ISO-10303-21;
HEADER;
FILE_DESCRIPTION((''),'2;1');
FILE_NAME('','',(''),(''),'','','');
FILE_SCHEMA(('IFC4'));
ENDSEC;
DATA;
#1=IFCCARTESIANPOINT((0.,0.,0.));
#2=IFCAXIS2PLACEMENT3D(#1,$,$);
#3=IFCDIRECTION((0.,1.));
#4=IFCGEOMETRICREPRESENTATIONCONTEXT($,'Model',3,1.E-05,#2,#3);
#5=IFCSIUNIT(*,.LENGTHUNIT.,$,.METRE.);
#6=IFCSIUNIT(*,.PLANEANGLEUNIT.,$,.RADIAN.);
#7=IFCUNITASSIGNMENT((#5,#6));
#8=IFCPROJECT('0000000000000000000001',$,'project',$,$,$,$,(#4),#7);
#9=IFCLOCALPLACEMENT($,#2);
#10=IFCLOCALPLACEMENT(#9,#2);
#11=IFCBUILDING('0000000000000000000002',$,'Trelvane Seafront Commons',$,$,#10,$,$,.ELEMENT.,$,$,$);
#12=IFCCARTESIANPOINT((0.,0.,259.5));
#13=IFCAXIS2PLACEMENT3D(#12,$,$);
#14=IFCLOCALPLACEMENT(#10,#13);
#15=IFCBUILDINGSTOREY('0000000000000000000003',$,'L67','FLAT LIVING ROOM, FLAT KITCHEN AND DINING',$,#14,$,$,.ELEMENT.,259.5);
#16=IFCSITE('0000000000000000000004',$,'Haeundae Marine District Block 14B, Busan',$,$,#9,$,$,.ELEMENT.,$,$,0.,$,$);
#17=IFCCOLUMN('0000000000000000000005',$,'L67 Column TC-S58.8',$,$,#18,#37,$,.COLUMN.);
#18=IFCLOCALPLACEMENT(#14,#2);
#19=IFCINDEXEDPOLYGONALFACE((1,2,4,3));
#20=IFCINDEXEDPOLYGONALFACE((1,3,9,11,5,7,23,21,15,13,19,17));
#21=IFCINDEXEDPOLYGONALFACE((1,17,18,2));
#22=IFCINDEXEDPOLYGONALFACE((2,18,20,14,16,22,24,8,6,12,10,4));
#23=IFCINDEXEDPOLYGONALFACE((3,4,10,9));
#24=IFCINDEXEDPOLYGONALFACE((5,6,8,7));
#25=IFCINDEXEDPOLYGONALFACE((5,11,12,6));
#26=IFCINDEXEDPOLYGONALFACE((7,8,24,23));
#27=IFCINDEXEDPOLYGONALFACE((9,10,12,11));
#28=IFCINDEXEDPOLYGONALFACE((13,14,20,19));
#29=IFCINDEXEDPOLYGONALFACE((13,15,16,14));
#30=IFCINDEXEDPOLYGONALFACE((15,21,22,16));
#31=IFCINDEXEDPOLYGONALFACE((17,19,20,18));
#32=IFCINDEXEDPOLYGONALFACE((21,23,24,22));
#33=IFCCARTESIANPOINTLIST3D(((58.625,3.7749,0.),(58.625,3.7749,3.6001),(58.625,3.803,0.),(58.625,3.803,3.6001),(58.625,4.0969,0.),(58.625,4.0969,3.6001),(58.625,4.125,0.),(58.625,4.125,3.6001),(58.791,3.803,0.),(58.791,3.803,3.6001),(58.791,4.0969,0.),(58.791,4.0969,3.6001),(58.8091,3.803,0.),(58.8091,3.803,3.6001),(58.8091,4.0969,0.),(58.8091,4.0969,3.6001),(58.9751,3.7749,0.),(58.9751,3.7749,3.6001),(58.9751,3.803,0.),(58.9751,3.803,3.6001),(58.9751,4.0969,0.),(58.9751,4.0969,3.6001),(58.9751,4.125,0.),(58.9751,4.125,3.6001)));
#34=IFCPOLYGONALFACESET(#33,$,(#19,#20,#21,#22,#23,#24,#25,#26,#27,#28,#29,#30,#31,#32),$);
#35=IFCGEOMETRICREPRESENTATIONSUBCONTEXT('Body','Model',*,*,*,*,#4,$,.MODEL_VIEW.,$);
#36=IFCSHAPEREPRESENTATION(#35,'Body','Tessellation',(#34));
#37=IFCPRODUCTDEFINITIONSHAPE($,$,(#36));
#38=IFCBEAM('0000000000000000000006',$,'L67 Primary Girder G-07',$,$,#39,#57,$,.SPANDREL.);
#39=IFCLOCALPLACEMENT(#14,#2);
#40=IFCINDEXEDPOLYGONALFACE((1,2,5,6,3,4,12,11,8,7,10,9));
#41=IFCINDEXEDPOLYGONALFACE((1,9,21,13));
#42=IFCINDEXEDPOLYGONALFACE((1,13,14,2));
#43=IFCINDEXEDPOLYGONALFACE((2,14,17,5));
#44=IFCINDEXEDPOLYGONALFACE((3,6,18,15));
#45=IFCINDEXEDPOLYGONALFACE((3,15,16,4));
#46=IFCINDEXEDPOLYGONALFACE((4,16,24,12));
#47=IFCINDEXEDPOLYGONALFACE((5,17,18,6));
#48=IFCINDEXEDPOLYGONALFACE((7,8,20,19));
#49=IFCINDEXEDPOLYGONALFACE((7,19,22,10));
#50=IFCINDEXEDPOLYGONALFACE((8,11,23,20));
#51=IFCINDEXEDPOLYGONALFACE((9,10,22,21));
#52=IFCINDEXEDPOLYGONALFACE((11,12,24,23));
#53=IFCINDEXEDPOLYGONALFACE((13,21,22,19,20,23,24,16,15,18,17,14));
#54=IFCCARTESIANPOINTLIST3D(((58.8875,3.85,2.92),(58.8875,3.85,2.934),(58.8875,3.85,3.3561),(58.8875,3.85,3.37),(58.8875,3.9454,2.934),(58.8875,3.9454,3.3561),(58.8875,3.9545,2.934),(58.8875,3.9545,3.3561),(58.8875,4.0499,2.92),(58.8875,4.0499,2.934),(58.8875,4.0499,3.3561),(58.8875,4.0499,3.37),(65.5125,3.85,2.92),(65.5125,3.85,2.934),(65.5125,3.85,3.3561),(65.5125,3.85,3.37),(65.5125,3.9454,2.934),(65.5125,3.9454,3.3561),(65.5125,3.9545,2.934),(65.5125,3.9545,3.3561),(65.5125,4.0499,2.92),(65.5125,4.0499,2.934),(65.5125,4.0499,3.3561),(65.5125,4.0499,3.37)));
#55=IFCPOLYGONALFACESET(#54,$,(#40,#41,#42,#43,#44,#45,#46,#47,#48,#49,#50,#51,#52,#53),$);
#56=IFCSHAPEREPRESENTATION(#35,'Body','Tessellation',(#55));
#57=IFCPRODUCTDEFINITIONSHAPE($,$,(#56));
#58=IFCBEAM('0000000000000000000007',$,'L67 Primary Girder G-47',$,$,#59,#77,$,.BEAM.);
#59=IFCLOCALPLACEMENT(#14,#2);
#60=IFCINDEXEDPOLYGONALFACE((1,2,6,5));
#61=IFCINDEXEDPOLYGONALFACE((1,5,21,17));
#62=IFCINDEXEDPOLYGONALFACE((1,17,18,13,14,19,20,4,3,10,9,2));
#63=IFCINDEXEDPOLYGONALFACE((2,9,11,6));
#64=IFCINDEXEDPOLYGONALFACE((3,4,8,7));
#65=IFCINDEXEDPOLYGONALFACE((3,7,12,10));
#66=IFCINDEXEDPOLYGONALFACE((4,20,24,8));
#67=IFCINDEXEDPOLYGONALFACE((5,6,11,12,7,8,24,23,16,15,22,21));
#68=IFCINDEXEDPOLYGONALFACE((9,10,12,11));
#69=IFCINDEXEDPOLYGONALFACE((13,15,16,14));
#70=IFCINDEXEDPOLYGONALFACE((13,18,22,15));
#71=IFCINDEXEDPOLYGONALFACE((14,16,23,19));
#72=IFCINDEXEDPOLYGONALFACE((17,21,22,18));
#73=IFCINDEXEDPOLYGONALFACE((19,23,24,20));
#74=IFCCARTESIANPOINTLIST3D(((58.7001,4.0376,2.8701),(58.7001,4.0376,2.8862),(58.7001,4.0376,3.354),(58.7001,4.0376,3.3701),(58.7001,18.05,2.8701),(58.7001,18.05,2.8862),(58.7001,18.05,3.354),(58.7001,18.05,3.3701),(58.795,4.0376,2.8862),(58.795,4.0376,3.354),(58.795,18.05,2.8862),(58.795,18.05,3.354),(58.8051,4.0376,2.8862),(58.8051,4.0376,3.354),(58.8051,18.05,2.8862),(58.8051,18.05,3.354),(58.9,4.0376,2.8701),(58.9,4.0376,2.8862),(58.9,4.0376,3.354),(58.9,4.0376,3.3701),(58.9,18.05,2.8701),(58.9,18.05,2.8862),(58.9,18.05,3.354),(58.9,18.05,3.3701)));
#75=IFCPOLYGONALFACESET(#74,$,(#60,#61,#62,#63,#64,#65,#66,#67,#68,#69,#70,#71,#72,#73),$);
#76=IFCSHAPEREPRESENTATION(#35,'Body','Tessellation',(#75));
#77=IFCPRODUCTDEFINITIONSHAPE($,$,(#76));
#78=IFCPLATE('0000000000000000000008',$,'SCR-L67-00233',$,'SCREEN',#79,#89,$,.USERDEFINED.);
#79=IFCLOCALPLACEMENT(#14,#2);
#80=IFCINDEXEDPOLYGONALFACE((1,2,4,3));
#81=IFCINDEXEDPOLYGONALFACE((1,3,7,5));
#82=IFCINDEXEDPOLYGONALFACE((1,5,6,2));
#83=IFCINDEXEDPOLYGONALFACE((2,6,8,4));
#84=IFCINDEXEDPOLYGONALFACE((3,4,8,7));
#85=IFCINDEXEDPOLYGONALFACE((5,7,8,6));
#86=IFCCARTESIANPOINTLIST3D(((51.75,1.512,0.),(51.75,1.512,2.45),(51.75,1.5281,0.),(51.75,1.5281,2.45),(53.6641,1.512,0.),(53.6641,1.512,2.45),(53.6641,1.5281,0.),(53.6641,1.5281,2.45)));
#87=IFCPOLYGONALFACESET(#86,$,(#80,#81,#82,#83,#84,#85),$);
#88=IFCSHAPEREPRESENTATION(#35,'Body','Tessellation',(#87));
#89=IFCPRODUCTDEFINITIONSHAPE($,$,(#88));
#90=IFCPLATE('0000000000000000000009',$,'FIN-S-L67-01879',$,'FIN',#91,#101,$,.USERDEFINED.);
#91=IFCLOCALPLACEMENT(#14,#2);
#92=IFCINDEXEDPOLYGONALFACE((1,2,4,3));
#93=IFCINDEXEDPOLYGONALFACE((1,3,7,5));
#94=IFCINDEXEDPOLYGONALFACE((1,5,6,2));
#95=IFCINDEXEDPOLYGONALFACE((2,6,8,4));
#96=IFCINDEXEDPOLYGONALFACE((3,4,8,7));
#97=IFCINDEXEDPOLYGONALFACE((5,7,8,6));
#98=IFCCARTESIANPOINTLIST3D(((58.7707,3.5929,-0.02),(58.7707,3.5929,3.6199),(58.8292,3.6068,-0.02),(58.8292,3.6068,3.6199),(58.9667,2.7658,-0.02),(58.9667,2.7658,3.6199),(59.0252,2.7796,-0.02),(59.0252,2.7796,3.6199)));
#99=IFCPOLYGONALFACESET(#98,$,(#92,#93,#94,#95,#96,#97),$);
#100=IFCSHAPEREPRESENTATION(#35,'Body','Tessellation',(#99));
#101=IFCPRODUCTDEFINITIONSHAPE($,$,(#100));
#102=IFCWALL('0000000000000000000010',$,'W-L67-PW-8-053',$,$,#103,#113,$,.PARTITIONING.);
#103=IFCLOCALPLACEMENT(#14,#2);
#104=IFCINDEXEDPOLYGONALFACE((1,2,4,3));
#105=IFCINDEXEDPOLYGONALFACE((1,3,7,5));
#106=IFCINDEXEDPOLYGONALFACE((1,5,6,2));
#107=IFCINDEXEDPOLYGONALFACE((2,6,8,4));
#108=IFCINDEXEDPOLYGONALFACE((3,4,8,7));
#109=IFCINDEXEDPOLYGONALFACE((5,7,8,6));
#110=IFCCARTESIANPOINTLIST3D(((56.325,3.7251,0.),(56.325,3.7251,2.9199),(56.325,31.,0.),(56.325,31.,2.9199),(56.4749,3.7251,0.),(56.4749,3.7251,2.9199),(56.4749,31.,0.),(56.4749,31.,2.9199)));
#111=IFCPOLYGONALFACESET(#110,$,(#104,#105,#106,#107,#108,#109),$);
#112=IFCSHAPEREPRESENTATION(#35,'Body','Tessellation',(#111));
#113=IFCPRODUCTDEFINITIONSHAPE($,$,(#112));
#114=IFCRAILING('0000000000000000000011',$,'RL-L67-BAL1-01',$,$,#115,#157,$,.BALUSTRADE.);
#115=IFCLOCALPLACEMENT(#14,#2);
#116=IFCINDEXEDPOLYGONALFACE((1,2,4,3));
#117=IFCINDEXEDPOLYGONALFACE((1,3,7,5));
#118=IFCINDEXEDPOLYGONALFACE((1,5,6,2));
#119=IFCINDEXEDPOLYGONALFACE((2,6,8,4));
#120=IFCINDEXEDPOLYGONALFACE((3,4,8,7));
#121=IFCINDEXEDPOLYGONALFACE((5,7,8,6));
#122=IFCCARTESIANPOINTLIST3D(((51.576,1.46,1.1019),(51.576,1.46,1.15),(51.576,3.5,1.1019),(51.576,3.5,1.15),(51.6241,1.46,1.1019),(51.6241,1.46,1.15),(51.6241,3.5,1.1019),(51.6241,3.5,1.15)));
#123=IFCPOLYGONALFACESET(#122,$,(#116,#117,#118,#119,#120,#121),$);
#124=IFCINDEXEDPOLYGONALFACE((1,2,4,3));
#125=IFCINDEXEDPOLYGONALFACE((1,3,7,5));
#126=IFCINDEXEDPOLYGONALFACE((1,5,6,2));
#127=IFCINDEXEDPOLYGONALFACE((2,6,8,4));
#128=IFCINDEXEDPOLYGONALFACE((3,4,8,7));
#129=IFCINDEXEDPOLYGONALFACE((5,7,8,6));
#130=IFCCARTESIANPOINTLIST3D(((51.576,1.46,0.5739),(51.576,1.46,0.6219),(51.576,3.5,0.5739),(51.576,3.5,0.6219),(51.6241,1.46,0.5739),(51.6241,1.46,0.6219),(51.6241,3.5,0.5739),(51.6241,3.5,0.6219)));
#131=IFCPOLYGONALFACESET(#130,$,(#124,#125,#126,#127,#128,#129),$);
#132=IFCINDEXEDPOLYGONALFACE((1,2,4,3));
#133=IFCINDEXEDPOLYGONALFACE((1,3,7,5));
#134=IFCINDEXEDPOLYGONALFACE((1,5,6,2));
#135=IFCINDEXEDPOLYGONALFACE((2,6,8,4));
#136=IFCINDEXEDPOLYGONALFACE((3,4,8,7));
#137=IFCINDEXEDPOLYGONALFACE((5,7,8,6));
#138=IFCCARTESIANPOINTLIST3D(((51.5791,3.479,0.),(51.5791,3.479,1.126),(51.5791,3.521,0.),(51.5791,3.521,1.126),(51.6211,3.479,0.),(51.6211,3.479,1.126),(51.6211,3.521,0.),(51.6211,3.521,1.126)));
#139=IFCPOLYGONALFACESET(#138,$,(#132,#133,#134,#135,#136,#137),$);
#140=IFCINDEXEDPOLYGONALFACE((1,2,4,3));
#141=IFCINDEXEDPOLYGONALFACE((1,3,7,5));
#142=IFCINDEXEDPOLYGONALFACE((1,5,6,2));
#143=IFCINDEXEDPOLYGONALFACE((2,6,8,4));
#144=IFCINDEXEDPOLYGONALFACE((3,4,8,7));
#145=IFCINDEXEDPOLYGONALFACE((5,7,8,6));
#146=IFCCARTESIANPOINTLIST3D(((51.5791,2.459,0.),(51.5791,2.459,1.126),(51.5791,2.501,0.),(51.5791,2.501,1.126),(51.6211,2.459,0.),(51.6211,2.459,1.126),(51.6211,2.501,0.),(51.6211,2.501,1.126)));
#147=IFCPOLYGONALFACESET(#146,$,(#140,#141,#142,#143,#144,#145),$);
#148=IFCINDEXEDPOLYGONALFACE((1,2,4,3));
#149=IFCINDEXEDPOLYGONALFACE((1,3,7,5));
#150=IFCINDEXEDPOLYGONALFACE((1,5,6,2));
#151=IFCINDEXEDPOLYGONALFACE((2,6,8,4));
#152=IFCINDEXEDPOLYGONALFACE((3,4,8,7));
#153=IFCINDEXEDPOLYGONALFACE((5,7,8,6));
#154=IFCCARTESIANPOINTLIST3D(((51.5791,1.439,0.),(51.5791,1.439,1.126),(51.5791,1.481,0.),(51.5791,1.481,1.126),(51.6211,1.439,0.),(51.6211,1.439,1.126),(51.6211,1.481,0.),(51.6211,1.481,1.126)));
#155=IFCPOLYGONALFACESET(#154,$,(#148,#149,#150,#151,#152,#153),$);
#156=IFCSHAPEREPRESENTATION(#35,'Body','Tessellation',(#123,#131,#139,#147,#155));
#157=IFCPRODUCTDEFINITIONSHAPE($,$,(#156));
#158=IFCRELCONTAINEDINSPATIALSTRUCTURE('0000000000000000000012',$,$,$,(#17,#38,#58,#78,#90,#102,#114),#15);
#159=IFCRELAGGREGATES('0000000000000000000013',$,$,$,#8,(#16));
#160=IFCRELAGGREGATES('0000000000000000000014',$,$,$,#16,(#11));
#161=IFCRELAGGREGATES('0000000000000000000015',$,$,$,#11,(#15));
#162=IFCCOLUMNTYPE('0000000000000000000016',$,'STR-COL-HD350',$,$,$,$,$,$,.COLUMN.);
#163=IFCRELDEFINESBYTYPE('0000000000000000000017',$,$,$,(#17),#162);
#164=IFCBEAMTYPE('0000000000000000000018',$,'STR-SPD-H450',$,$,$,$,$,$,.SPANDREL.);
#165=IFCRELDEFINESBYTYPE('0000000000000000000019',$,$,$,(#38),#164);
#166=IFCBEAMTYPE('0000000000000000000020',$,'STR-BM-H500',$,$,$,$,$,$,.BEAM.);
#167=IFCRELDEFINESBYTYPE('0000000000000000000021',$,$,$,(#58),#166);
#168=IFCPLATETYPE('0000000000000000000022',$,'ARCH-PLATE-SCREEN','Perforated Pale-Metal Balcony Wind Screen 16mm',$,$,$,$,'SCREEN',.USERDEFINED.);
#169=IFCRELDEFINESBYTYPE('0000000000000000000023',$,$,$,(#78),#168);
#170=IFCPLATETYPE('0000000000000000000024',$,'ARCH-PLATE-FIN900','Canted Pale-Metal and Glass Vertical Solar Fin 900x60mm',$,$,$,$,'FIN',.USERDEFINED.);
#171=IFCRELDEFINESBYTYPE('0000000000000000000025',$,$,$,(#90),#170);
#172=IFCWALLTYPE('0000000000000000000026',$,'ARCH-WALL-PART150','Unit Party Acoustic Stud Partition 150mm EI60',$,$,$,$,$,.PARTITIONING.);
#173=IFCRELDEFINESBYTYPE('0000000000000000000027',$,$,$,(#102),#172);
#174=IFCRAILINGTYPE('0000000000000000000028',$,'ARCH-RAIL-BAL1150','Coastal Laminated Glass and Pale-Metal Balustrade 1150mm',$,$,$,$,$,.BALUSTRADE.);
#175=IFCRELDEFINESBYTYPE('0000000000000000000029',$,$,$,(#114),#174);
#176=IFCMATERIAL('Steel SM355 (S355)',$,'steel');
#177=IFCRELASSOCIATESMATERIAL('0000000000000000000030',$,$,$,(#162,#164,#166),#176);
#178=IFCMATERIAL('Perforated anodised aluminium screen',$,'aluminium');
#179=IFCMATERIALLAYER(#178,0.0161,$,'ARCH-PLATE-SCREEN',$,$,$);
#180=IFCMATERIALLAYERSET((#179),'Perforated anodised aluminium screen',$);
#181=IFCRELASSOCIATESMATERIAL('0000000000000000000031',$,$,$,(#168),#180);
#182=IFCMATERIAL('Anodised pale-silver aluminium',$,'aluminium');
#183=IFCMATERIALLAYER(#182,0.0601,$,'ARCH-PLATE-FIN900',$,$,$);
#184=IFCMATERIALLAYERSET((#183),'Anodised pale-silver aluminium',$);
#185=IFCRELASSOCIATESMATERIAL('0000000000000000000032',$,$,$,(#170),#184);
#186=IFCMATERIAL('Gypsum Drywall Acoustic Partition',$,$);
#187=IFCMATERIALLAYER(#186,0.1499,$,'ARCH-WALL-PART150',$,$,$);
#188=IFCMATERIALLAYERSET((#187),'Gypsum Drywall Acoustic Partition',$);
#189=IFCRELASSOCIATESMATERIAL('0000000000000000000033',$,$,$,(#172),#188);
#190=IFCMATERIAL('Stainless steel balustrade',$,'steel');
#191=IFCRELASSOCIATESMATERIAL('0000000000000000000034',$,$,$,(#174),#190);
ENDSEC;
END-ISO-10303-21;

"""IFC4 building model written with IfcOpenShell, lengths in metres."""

from ifc_helpers import new_model, si_unit, direction, frame, frame_2d, origin, origin_2d, place, context, subcontext, project, spatial, rectangle, i_section, extrude, source, transform, mapped, material, layer, layer_set, material_profile, profile_set, type_object, element, save


model = new_model("IFC4")

# Units and contexts
model_context = context("Model", 3, precision=1e-05, world=origin(), true_north=direction((0.0, 1.0)))
body_context = subcontext(model_context, "Body", "Model", "MODEL_VIEW")
ifc_project = project(units=[si_unit("LENGTHUNIT", "METRE"), si_unit("PLANEANGLEUNIT", "RADIAN")], contexts=[model_context])

# Site, building, storey
site_placement = place(None, origin())
site = spatial("IfcSite", under=ifc_project, at=site_placement, Name="Haeundae Marine District Block 14B, Busan", CompositionType="ELEMENT", RefElevation=0.0)
building_placement = place(site_placement, origin())
building = spatial("IfcBuilding", under=site, at=building_placement, Name="Trelvane Seafront Commons", CompositionType="ELEMENT")
storey_placement = place(building_placement, frame((0.0, 0.0, 259.5)))
storey = spatial("IfcBuildingStorey", under=building, at=storey_placement, Name="L67", Description="FLAT LIVING ROOM, FLAT KITCHEN AND DINING", CompositionType="ELEMENT", Elevation=259.5)

# Column
ifc_material_1 = material(Name="Steel SM355 (S355)", Category="steel")
ifc_material_profile_1 = material_profile(ifc_material_1, i_section(OverallWidth=0.3501, OverallDepth=0.3501, WebThickness=0.0181, FlangeThickness=0.0281, at=origin_2d()), Name="HD-350x350x18x28")
ifc_profile_set_1 = profile_set([ifc_material_profile_1], Name="Steel SM355 (S355)")
column_type = type_object("IfcColumnType", Name="STR-COL-HD350", PredefinedType="COLUMN", material=ifc_profile_set_1)
shared_shape_1 = source(origin(), body_context, "Body", "SweptSolid", [
    extrude(i_section(OverallWidth=0.3501, OverallDepth=0.3501, WebThickness=0.0181, FlangeThickness=0.0281, at=origin_2d()), origin(), (0.0, 0.0, 1.0), 3.6001),
])
column_placement = place(storey_placement, frame((58.8, 3.95, 0.0), z_axis=(0.0, 0.0, 1.0), x_axis=(1.0, 0.0, 0.0)))
element("IfcColumn", 1, at=column_placement, inside=storey, type_object=column_type, Name="L67 Column TC-S58.8", PredefinedType="COLUMN", context=body_context, shape_type="MappedRepresentation", body=[
    mapped(shared_shape_1, transform((0.0, 0.0, 0.0), x_axis=(1.0, 0.0, 0.0), y_axis=(0.0, 1.0, 0.0), z_axis=(0.0, 0.0, 1.0), scale=1.0)),
])

# Beams
ifc_material_profile_2 = material_profile(ifc_material_1, i_section(OverallWidth=0.2, OverallDepth=0.45, WebThickness=0.009, FlangeThickness=0.0139, at=origin_2d()), Name="H-450x200x9x14")
ifc_profile_set_2 = profile_set([ifc_material_profile_2], Name="Steel SM355 (S355)")
beam_type_1 = type_object("IfcBeamType", Name="STR-SPD-H450", PredefinedType="SPANDREL", material=ifc_profile_set_2)
shared_shape_2 = source(origin(), body_context, "Body", "SweptSolid", [
    extrude(i_section(OverallWidth=0.2, OverallDepth=0.45, WebThickness=0.009, FlangeThickness=0.0139, at=origin_2d()), origin(), (0.0, 0.0, 1.0), 6.625),
])
beam_1_placement = place(storey_placement, frame((58.8875, 3.95, 3.145), z_axis=(1.0, 0.0, 0.0), x_axis=(0.0, 1.0, 0.0)))
element("IfcBeam", 2, at=beam_1_placement, inside=storey, type_object=beam_type_1, Name="L67 Primary Girder G-07", PredefinedType="SPANDREL", context=body_context, shape_type="MappedRepresentation", body=[
    mapped(shared_shape_2, transform((0.0, 0.0, 0.0), x_axis=(1.0, 0.0, 0.0), y_axis=(0.0, 1.0, 0.0), z_axis=(0.0, 0.0, 1.0), scale=1.0)),
])
ifc_material_profile_3 = material_profile(ifc_material_1, i_section(OverallWidth=0.2, OverallDepth=0.5, WebThickness=0.01, FlangeThickness=0.0161, at=origin_2d()), Name="H-500x200x10x16")
ifc_profile_set_3 = profile_set([ifc_material_profile_3], Name="Steel SM355 (S355)")
beam_type_2 = type_object("IfcBeamType", Name="STR-BM-H500", PredefinedType="BEAM", material=ifc_profile_set_3)
shared_shape_3 = source(origin(), body_context, "Body", "SweptSolid", [
    extrude(i_section(OverallWidth=0.2, OverallDepth=0.5, WebThickness=0.01, FlangeThickness=0.0161, at=origin_2d()), origin(), (0.0, 0.0, 1.0), 14.0125),
])
beam_2_placement = place(storey_placement, frame((58.8, 4.0376, 3.1201), z_axis=(0.0, 1.0, 0.0), x_axis=(-1.0, 0.0, 0.0)))
element("IfcBeam", 3, at=beam_2_placement, inside=storey, type_object=beam_type_2, Name="L67 Primary Girder G-47", PredefinedType="BEAM", context=body_context, shape_type="MappedRepresentation", body=[
    mapped(shared_shape_3, transform((0.0, 0.0, 0.0), x_axis=(1.0, 0.0, 0.0), y_axis=(0.0, 1.0, 0.0), z_axis=(0.0, 0.0, 1.0), scale=1.0)),
])

# Plates
ifc_material_2 = material(Name="Perforated anodised aluminium screen", Category="aluminium")
ifc_layer_1 = layer(ifc_material_2, 0.0161, Name="ARCH-PLATE-SCREEN")
ifc_layer_set_1 = layer_set([ifc_layer_1], Name="Perforated anodised aluminium screen")
plate_type_1 = type_object("IfcPlateType", Name="ARCH-PLATE-SCREEN", Description="Perforated Pale-Metal Balcony Wind Screen 16mm", ElementType="SCREEN", PredefinedType="USERDEFINED", material=ifc_layer_set_1)
shared_shape_4 = source(origin(), body_context, "Body", "SweptSolid", [
    extrude(rectangle(XDim=1.9141, YDim=0.0161, at=origin_2d()), origin(), (0.0, 0.0, 1.0), 2.45),
])
plate_1_placement = place(storey_placement, frame((52.707, 1.52, 0.0), z_axis=(0.0, 0.0, 1.0), x_axis=(1.0, 0.0, 0.0)))
element("IfcPlate", 4, at=plate_1_placement, inside=storey, type_object=plate_type_1, Name="SCR-L67-00233", ObjectType="SCREEN", PredefinedType="USERDEFINED", context=body_context, shape_type="MappedRepresentation", body=[
    mapped(shared_shape_4, transform((0.0, 0.0, 0.0), x_axis=(1.0, 0.0, 0.0), y_axis=(0.0, 1.0, 0.0), z_axis=(0.0, 0.0, 1.0), scale=1.0)),
])
ifc_material_3 = material(Name="Anodised pale-silver aluminium", Category="aluminium")
ifc_layer_2 = layer(ifc_material_3, 0.0601, Name="ARCH-PLATE-FIN900")
ifc_layer_set_2 = layer_set([ifc_layer_2], Name="Anodised pale-silver aluminium")
plate_type_2 = type_object("IfcPlateType", Name="ARCH-PLATE-FIN900", Description="Canted Pale-Metal and Glass Vertical Solar Fin 900x60mm", ElementType="FIN", PredefinedType="USERDEFINED", material=ifc_layer_set_2)
shared_shape_5 = source(origin(), body_context, "Body", "SweptSolid", [
    extrude(rectangle(XDim=0.8501, YDim=0.0601, at=origin_2d()), origin(), (0.0, 0.0, 1.0), 3.6399),
])
plate_2_placement = place(storey_placement, frame((58.8979, 3.1863, -0.02), z_axis=(0.0, 0.0, 1.0), x_axis=(0.230586, -0.973052, 0.0)))
element("IfcPlate", 5, at=plate_2_placement, inside=storey, type_object=plate_type_2, Name="FIN-S-L67-01879", ObjectType="FIN", PredefinedType="USERDEFINED", context=body_context, shape_type="MappedRepresentation", body=[
    mapped(shared_shape_5, transform((0.0, 0.0, 0.0), x_axis=(1.0, 0.0, 0.0), y_axis=(0.0, 1.0, 0.0), z_axis=(0.0, 0.0, 1.0), scale=1.0)),
])

# Shared definitions
ifc_material_4 = material(Name="Gypsum Drywall Acoustic Partition")

# Wall
ifc_layer_3 = layer(ifc_material_4, 0.1499, Name="ARCH-WALL-PART150")
ifc_layer_set_3 = layer_set([ifc_layer_3], Name="Gypsum Drywall Acoustic Partition")
wall_type_1 = type_object("IfcWallType", Name="ARCH-WALL-PART150", Description="Unit Party Acoustic Stud Partition 150mm EI60", PredefinedType="PARTITIONING", material=ifc_layer_set_3)
wall_1_placement = place(storey_placement, frame((56.3999, 3.7251, 0.0), z_axis=(0.0, 0.0, 1.0), x_axis=(0.0, 1.0, 0.0)))
element("IfcWall", 6, at=wall_1_placement, inside=storey, type_object=wall_type_1, Name="W-L67-PW-8-053", PredefinedType="PARTITIONING", context=body_context, shape_type="SweptSolid", body=[
    extrude(rectangle(XDim=27.2749, YDim=0.1499, at=frame_2d((13.6375, 0.0))), origin(), (0.0, 0.0, 1.0), 2.9199),
])

# Railing
ifc_material_5 = material(Name="Stainless steel balustrade", Category="steel")
railing_type = type_object("IfcRailingType", Name="ARCH-RAIL-BAL1150", Description="Coastal Laminated Glass and Pale-Metal Balustrade 1150mm", PredefinedType="BALUSTRADE", material=ifc_material_5)
railing_1_placement = place(storey_placement, frame((51.6001, 3.5, 0.0)))
element("IfcRailing", 7, at=railing_1_placement, inside=storey, type_object=railing_type, Name="RL-L67-BAL1-01", PredefinedType="BALUSTRADE", context=body_context, shape_type="SweptSolid", body=[
    extrude(rectangle(XDim=0.0481, YDim=0.0481, at=origin_2d()), frame((0.0, 0.0, 1.126), z_axis=(0.0, -1.0, 0.0), x_axis=(1.0, 0.0, 0.0)), (0.0, 0.0, 1.0), 2.04),
    extrude(rectangle(XDim=0.0481, YDim=0.0481, at=origin_2d()), frame((0.0, 0.0, 0.5979), z_axis=(0.0, -1.0, 0.0), x_axis=(1.0, 0.0, 0.0)), (0.0, 0.0, 1.0), 2.04),
    extrude(rectangle(XDim=0.042, YDim=0.042, at=origin_2d()), origin(), (0.0, 0.0, 1.0), 1.126),
    extrude(rectangle(XDim=0.042, YDim=0.042, at=origin_2d()), frame((0.0, -1.02, 0.0)), (0.0, 0.0, 1.0), 1.126),
    extrude(rectangle(XDim=0.042, YDim=0.042, at=origin_2d()), frame((0.0, -2.04, 0.0)), (0.0, 0.0, 1.0), 1.126),
])

save(model, "model.ifc")
